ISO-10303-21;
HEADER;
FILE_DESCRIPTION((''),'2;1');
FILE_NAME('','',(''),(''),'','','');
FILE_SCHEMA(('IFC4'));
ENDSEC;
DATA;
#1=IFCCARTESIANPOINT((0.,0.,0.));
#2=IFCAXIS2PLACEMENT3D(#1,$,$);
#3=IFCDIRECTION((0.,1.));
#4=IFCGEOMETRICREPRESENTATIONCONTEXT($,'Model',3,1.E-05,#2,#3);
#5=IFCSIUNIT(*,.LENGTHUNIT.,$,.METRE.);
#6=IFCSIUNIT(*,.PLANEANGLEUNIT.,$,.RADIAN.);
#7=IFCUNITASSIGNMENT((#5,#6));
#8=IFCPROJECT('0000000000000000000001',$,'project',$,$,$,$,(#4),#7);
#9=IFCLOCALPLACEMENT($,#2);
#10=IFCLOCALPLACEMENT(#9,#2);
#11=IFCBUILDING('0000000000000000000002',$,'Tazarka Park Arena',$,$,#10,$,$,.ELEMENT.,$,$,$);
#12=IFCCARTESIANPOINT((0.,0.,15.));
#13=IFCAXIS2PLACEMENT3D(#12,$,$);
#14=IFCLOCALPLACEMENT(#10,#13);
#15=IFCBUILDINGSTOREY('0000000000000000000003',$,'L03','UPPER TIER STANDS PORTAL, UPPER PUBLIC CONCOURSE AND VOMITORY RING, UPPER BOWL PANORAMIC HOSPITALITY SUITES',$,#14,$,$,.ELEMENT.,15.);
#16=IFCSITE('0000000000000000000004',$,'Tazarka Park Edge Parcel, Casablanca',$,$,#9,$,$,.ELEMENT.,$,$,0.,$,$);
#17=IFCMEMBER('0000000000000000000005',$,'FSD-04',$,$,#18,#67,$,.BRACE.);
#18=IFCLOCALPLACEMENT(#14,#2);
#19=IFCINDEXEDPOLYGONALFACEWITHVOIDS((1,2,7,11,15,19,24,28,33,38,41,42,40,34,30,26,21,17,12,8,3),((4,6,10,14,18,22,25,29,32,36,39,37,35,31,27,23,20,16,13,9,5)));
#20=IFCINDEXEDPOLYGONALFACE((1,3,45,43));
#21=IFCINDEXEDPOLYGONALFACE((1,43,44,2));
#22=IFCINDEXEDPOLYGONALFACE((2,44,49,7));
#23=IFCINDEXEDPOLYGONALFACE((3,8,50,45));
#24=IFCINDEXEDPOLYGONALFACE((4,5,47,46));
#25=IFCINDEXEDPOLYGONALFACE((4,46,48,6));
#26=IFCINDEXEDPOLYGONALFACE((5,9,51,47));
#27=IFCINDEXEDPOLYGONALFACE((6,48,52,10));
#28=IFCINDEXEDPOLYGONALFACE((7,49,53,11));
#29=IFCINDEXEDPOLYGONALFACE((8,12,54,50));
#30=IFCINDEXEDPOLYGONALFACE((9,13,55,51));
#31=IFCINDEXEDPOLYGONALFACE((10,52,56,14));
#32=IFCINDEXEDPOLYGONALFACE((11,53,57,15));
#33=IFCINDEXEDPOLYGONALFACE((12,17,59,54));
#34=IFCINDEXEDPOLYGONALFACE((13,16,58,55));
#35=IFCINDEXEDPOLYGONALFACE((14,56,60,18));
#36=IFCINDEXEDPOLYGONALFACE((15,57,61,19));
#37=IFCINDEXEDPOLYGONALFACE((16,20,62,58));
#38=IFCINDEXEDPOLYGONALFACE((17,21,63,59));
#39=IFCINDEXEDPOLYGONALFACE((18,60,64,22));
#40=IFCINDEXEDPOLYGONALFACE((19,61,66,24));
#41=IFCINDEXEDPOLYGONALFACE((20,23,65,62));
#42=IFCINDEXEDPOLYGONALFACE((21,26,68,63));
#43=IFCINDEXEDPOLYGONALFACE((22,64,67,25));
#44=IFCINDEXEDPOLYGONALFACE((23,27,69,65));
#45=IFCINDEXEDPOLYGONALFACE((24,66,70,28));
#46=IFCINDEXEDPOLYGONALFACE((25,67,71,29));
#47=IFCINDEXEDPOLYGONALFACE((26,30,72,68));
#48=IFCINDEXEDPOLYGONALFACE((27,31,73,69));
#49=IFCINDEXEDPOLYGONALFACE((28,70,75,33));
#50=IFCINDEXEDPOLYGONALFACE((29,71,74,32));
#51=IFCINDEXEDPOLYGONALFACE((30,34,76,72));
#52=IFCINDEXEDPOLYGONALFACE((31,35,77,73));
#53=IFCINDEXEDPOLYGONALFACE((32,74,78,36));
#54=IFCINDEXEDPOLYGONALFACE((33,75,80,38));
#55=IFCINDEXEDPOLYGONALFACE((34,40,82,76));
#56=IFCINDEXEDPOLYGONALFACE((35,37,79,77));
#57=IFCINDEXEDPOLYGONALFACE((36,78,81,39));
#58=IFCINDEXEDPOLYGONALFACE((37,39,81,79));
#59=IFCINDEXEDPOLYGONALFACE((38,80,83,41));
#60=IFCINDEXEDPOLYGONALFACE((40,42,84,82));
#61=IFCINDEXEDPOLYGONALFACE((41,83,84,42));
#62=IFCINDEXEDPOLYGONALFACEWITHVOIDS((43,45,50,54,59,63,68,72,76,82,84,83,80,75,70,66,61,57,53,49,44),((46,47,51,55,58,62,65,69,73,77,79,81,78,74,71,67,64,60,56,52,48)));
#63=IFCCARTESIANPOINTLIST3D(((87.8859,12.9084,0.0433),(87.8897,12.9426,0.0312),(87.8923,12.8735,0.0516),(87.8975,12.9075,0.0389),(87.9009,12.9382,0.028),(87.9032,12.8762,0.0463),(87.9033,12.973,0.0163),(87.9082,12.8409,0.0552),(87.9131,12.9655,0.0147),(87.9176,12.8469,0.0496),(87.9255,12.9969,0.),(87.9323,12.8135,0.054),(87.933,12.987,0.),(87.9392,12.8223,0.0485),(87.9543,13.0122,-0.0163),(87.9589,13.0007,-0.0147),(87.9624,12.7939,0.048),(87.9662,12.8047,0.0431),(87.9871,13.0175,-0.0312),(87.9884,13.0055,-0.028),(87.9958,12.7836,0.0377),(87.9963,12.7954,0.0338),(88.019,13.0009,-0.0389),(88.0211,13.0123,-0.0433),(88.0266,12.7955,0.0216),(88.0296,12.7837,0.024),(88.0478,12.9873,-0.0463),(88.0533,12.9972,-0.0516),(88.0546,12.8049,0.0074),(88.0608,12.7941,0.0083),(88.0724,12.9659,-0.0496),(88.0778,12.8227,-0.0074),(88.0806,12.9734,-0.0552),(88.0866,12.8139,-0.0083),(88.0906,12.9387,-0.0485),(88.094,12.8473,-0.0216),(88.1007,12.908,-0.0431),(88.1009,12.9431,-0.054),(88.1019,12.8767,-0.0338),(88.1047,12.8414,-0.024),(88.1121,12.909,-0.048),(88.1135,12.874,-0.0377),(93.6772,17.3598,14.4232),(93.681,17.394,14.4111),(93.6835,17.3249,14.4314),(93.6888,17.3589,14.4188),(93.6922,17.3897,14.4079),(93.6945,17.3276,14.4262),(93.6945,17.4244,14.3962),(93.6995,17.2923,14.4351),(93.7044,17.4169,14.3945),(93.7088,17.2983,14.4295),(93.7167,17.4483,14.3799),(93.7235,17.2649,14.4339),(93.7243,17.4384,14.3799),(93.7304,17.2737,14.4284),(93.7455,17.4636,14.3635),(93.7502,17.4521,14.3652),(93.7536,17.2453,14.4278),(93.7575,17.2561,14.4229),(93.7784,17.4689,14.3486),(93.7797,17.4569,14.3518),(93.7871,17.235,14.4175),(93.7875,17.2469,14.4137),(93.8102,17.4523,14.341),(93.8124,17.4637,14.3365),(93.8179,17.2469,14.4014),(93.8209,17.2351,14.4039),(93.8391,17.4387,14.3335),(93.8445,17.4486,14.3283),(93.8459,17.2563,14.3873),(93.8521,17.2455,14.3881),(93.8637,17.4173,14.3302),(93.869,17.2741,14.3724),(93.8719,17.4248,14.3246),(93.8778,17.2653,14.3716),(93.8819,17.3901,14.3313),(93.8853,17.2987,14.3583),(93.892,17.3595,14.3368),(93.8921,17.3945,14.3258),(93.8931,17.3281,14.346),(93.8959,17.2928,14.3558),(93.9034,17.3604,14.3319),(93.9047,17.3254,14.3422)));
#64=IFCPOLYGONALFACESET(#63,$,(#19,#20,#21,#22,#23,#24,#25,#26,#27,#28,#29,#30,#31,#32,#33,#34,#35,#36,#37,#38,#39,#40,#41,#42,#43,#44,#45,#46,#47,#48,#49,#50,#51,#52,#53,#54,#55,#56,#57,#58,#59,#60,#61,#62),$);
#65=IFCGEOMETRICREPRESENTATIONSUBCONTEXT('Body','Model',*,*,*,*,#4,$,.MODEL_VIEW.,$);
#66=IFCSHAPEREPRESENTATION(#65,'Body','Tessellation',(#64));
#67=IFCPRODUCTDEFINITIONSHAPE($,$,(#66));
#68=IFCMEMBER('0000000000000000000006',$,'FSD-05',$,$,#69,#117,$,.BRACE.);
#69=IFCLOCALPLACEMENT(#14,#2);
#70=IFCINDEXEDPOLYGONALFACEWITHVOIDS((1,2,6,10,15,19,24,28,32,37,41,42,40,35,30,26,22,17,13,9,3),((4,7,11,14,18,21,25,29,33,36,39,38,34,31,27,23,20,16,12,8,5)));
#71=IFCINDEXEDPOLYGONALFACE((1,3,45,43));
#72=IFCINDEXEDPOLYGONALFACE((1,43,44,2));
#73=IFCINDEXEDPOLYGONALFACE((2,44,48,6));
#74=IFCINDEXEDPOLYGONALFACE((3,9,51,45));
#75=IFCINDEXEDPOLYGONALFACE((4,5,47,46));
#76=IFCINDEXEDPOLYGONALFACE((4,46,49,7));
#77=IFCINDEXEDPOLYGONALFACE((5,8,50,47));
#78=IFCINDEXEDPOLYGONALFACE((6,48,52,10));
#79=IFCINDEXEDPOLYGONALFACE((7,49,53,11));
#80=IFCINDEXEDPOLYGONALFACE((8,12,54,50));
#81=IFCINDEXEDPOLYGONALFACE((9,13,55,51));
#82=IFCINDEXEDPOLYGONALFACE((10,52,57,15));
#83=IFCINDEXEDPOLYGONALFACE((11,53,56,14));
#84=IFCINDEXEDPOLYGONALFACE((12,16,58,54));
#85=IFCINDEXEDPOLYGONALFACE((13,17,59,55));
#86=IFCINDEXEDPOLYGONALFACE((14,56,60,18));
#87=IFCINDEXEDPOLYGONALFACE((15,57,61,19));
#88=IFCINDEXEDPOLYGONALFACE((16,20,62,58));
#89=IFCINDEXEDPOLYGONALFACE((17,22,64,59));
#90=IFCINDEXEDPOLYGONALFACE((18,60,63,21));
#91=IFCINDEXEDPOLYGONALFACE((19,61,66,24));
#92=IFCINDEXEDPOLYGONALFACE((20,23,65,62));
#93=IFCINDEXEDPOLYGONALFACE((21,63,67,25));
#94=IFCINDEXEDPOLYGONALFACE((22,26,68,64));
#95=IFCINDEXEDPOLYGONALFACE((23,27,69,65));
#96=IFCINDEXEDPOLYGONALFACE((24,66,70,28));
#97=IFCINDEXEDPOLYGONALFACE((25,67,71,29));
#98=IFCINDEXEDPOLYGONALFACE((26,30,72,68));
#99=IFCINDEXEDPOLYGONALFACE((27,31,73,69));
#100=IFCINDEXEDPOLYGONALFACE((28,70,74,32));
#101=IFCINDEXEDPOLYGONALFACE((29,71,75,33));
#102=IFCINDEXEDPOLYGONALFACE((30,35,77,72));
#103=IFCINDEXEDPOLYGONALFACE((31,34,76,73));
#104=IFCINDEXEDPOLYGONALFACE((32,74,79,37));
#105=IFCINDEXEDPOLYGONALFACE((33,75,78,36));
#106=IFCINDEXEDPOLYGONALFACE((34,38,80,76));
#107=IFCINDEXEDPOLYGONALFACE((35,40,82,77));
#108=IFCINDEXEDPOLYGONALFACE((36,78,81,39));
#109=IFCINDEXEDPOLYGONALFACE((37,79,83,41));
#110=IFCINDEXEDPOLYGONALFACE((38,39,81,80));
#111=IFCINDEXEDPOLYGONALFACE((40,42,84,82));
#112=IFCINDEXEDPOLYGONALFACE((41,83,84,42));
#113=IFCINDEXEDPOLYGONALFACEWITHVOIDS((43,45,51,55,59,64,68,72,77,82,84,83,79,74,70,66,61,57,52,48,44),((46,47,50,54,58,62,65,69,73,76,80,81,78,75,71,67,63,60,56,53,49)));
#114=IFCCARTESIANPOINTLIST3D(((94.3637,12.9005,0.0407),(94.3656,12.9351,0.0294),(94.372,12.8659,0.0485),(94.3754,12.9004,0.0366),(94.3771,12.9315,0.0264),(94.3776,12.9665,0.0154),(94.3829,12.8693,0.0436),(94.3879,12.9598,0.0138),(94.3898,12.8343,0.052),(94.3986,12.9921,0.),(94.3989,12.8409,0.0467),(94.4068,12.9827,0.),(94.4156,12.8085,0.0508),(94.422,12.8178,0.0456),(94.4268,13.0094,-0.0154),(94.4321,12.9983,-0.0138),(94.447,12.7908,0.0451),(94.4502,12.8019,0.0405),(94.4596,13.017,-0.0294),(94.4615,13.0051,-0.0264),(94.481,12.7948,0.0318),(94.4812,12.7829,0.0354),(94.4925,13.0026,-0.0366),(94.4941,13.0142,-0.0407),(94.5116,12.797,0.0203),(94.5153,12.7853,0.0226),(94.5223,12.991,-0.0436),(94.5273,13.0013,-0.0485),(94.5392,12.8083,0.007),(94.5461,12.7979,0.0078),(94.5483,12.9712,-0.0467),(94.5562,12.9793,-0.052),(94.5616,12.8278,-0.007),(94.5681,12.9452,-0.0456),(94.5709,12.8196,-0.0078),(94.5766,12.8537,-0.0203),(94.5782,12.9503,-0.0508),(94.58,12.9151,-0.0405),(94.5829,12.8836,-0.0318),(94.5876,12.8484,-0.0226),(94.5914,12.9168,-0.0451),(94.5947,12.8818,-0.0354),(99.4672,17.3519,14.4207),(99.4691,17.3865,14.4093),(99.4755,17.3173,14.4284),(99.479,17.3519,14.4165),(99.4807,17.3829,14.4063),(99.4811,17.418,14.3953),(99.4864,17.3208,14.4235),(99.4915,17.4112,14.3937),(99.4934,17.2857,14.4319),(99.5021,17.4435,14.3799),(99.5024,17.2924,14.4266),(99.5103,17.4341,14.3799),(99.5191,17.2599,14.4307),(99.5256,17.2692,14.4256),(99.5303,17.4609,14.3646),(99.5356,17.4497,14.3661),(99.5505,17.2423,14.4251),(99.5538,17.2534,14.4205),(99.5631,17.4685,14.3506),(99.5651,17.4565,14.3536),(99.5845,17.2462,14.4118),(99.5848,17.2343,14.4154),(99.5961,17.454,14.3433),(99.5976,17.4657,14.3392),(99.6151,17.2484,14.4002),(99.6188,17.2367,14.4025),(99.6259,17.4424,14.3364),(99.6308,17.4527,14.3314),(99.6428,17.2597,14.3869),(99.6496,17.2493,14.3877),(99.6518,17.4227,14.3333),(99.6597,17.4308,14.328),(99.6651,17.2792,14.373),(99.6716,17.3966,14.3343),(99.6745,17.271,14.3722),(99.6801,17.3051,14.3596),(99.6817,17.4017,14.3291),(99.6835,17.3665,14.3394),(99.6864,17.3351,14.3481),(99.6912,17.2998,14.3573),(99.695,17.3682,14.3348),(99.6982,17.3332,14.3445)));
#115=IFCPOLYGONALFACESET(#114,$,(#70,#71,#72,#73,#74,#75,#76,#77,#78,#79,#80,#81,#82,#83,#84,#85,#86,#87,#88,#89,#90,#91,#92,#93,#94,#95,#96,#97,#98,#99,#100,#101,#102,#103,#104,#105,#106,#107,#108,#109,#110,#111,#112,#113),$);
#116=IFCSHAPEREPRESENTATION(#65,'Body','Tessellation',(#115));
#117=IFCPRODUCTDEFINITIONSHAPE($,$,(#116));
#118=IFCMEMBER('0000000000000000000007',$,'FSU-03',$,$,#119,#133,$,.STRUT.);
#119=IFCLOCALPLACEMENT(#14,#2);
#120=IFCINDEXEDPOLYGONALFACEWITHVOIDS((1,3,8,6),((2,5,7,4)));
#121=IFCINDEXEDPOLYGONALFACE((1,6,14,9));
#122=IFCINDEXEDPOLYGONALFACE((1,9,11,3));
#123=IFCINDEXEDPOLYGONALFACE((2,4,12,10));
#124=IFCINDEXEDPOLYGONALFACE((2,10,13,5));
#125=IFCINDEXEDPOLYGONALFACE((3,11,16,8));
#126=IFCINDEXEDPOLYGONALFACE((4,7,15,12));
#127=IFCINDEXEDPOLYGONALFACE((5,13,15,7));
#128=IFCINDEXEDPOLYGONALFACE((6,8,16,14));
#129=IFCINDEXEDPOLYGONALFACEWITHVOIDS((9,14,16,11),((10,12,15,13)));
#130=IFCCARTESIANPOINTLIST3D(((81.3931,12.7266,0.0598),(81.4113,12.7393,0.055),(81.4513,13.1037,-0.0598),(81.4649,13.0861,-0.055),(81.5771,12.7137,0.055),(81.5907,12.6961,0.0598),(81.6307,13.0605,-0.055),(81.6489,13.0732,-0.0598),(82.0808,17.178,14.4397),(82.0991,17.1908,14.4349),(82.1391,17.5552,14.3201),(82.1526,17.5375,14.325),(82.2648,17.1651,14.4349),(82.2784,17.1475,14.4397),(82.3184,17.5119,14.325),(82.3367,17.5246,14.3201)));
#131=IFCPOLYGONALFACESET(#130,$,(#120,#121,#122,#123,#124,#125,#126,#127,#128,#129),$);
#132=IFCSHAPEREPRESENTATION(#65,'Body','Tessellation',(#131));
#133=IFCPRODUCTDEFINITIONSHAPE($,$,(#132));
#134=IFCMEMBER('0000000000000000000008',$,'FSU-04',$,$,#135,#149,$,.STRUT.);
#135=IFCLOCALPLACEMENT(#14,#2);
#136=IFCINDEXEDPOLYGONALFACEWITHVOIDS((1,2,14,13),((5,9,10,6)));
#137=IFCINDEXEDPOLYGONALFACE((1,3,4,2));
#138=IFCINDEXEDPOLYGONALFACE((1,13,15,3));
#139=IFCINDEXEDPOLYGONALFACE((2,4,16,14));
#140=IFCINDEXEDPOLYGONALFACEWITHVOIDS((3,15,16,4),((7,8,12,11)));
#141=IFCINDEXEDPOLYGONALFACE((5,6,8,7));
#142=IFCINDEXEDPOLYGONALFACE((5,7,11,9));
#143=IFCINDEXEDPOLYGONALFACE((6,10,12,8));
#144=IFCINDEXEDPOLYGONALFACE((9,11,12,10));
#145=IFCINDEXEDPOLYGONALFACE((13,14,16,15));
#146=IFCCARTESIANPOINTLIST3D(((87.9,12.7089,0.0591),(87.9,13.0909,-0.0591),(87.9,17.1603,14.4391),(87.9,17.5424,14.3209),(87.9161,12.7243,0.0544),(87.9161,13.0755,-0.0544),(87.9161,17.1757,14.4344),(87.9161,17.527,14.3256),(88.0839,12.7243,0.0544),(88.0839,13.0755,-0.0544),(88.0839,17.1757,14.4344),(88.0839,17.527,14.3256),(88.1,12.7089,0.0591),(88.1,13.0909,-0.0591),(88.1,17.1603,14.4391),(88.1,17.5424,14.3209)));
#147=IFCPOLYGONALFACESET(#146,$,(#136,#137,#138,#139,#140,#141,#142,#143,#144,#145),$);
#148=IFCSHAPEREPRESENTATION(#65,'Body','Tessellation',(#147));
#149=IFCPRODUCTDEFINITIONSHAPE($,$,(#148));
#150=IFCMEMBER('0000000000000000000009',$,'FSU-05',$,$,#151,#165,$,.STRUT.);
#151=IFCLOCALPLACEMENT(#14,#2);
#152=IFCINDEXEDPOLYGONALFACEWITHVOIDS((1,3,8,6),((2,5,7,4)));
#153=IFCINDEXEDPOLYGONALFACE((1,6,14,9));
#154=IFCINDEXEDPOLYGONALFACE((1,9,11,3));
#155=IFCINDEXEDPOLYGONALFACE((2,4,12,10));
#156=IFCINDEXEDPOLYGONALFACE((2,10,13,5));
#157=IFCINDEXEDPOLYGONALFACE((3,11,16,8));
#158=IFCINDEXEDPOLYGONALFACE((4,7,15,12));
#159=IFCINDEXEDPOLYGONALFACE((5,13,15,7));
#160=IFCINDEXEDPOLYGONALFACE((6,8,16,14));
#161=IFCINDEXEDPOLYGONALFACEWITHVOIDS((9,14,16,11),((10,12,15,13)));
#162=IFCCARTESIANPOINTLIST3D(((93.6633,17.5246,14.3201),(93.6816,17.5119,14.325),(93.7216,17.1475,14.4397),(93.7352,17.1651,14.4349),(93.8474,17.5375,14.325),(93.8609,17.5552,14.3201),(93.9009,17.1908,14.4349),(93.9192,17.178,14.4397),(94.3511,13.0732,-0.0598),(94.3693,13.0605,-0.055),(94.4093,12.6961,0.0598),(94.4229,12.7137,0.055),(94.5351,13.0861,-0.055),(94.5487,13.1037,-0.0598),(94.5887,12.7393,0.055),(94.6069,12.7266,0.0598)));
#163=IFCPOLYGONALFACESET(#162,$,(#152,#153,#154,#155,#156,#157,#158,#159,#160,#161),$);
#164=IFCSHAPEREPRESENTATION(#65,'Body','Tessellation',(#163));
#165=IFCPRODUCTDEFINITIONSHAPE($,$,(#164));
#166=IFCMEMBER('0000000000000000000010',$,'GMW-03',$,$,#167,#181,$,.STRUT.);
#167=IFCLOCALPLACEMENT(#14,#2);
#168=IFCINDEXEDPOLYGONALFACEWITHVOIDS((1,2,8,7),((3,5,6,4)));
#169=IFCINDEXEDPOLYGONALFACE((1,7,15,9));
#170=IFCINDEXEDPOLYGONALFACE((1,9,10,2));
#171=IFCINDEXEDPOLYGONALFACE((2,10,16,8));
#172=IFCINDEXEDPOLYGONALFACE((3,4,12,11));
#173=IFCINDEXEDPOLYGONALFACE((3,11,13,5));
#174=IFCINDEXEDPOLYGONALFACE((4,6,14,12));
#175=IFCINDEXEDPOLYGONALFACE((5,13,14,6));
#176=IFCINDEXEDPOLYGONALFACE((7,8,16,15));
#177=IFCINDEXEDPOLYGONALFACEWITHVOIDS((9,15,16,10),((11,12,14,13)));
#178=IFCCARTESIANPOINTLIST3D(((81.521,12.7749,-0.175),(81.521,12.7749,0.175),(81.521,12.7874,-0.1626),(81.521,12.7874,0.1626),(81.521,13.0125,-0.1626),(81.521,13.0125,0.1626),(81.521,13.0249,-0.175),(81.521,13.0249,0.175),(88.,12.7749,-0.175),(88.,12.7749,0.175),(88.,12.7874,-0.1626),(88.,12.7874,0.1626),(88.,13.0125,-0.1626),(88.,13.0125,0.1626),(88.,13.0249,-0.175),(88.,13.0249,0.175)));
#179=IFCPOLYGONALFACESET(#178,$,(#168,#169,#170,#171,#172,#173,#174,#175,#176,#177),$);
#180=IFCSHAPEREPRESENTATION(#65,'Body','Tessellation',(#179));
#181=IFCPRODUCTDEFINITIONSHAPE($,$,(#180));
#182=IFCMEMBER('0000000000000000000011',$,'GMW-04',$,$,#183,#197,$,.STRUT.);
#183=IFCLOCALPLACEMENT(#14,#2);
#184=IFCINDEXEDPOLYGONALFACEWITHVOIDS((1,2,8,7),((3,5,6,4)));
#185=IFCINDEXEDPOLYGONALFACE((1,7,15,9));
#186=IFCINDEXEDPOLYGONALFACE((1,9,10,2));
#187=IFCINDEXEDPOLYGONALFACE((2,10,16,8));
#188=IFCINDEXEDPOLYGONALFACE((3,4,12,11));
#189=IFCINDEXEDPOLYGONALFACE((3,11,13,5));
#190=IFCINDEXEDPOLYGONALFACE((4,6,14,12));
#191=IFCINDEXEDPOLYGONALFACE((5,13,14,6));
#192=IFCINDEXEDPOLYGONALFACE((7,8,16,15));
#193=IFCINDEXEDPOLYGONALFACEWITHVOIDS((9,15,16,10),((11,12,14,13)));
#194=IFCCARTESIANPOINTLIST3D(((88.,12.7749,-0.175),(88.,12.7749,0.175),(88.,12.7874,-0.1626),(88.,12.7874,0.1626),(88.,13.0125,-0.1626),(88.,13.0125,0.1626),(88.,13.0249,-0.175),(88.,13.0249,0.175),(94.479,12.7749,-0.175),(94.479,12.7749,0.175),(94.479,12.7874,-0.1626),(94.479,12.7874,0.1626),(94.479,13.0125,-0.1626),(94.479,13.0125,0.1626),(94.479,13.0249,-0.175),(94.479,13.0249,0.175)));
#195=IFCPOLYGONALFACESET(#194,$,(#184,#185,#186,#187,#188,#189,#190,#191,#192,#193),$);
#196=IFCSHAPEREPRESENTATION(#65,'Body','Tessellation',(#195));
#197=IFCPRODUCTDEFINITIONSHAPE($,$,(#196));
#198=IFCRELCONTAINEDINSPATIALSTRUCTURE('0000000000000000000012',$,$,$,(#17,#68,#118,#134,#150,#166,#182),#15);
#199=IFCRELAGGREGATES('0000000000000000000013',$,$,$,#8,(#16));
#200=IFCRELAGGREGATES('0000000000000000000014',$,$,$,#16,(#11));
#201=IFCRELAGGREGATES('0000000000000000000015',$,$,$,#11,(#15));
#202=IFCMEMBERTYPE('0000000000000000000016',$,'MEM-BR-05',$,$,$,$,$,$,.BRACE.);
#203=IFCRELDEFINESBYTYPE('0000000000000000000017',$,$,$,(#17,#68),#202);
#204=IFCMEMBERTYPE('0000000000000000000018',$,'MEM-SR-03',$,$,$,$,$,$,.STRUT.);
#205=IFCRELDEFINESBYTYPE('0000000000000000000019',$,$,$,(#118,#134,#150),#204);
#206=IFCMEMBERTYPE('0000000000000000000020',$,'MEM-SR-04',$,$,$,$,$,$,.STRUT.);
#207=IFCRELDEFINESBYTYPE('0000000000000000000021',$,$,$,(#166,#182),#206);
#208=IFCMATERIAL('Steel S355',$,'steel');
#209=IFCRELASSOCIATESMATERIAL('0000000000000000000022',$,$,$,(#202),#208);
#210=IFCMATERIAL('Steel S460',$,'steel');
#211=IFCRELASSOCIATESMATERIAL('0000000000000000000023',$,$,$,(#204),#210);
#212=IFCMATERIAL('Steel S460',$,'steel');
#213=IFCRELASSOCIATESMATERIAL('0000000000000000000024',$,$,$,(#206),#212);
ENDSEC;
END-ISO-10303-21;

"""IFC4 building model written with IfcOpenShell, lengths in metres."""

from ifc_helpers import new_model, si_unit, direction, frame, origin, origin_2d, place, context, subcontext, project, spatial, hollow_rectangle, hollow_circle, extrude, material, material_profile, profile_set, type_object, element, save


model = new_model("IFC4")

# Units and contexts
model_context = context("Model", 3, precision=1e-05, world=origin(), true_north=direction((0.0, 1.0)))
body_context = subcontext(model_context, "Body", "Model", "MODEL_VIEW")
ifc_project = project(units=[si_unit("LENGTHUNIT", "METRE"), si_unit("PLANEANGLEUNIT", "RADIAN")], contexts=[model_context])

# Site, building, storey
site_placement = place(None, origin())
site = spatial("IfcSite", under=ifc_project, at=site_placement, Name="Tazarka Park Edge Parcel, Casablanca", CompositionType="ELEMENT", RefElevation=0.0)
building_placement = place(site_placement, origin())
building = spatial("IfcBuilding", under=site, at=building_placement, Name="Tazarka Park Arena", CompositionType="ELEMENT")
storey_placement = place(building_placement, frame((0.0, 0.0, 15.0)))
storey = spatial("IfcBuildingStorey", under=building, at=storey_placement, Name="L03", Description="UPPER TIER STANDS PORTAL, UPPER PUBLIC CONCOURSE AND VOMITORY RING, UPPER BOWL PANORAMIC HOSPITALITY SUITES", CompositionType="ELEMENT", Elevation=15.0)

# Members
ifc_material_1 = material(Name="Steel S355", Category="steel")
ifc_material_profile_1 = material_profile(ifc_material_1, hollow_circle(Radius=0.1223, WallThickness=0.0125, at=origin_2d()), Name="Steel S355")
ifc_profile_set_1 = profile_set([ifc_material_profile_1], Name="Steel S355")
member_type_1 = type_object("IfcMemberType", Name="MEM-BR-05", PredefinedType="BRACE", material=ifc_profile_set_1)
member_1_placement = place(storey_placement, frame((88.0, 12.8999, 0.0), z_axis=(0.359066, 0.275994, 0.891571), x_axis=(-0.609418, 0.792849, 0.0)))
element("IfcMember", 1, at=member_1_placement, inside=storey, type_object=member_type_1, Name="FSD-04", PredefinedType="BRACE", context=body_context, shape_type="SweptSolid", body=[
    extrude(hollow_circle(Radius=0.1223, WallThickness=0.0125, at=origin_2d()), origin(), (0.0, 0.0, 1.0), 16.1287),
])
member_2_placement = place(storey_placement, frame((94.479, 12.8999, 0.0), z_axis=(0.321083, 0.280056, 0.904696), x_axis=(-0.65732, 0.753612, 0.0)))
element("IfcMember", 2, at=member_2_placement, inside=storey, type_object=member_type_1, Name="FSD-05", PredefinedType="BRACE", context=body_context, shape_type="SweptSolid", body=[
    extrude(hollow_circle(Radius=0.1223, WallThickness=0.0125, at=origin_2d()), origin(), (0.0, 0.0, 1.0), 15.8948),
])
ifc_material_2 = material(Name="Steel S460", Category="steel")
ifc_material_profile_2 = material_profile(ifc_material_2, hollow_rectangle(XDim=0.2, YDim=0.3999, WallThickness=0.0161, at=origin_2d()), Name="Steel S460")
ifc_profile_set_2 = profile_set([ifc_material_profile_2], Name="Steel S460")
member_type_2 = type_object("IfcMemberType", Name="MEM-SR-03", PredefinedType="STRUT", material=ifc_profile_set_2)
member_3_placement = place(storey_placement, frame((81.521, 12.8999, 0.0), z_axis=(0.04564, 0.295406, 0.954281), x_axis=(-0.988274, 0.152688, 0.0)))
element("IfcMember", 3, at=member_3_placement, inside=storey, type_object=member_type_2, Name="FSU-03", PredefinedType="STRUT", context=body_context, shape_type="SweptSolid", body=[
    extrude(hollow_rectangle(XDim=0.2, YDim=0.3999, WallThickness=0.0161, at=origin_2d()), origin(), (0.0, 0.0, 1.0), 15.0688),
])
member_4_placement = place(storey_placement, frame((88.0, 12.8999, 0.0), z_axis=(0.0, 0.295714, 0.955277), x_axis=(-1.0, 0.0, 0.0)))
element("IfcMember", 4, at=member_4_placement, inside=storey, type_object=member_type_2, Name="FSU-04", PredefinedType="STRUT", context=body_context, shape_type="SweptSolid", body=[
    extrude(hollow_rectangle(XDim=0.2, YDim=0.3999, WallThickness=0.0161, at=origin_2d()), origin(), (0.0, 0.0, 1.0), 15.0532),
])
member_5_placement = place(storey_placement, frame((94.479, 12.8999, 0.0), z_axis=(-0.04564, 0.295406, 0.954281), x_axis=(-0.988274, -0.152688, 0.0)))
element("IfcMember", 5, at=member_5_placement, inside=storey, type_object=member_type_2, Name="FSU-05", PredefinedType="STRUT", context=body_context, shape_type="SweptSolid", body=[
    extrude(hollow_rectangle(XDim=0.2, YDim=0.3999, WallThickness=0.0161, at=origin_2d()), origin(), (0.0, 0.0, 1.0), 15.0688),
])
ifc_material_3 = material(Name="Steel S460", Category="steel")
ifc_material_profile_3 = material_profile(ifc_material_3, hollow_rectangle(XDim=0.25, YDim=0.3501, WallThickness=0.0125, at=origin_2d()), Name="Steel S460")
ifc_profile_set_3 = profile_set([ifc_material_profile_3], Name="Steel S460")
member_type_3 = type_object("IfcMemberType", Name="MEM-SR-04", PredefinedType="STRUT", material=ifc_profile_set_3)
for number, where, z_axis, x_axis, name in (
    (6, (81.521, 12.8999, 0.0), (1.0, 0.0, 0.0), (0.0, 1.0, 0.0), "GMW-03"),
    (7, (88.0, 12.8999, 0.0), (1.0, 0.0, 0.0), (0.0, 1.0, 0.0), "GMW-04"),
):
    element("IfcMember", number, at=place(storey_placement, frame(where, z_axis=z_axis, x_axis=x_axis)), inside=storey, type_object=member_type_3, Name=name, PredefinedType="STRUT", context=body_context, shape_type="SweptSolid", body=[
        extrude(hollow_rectangle(XDim=0.25, YDim=0.3501, WallThickness=0.0125, at=origin_2d()), origin(), (0.0, 0.0, 1.0), 6.479),
    ])

save(model, "model.ifc")
